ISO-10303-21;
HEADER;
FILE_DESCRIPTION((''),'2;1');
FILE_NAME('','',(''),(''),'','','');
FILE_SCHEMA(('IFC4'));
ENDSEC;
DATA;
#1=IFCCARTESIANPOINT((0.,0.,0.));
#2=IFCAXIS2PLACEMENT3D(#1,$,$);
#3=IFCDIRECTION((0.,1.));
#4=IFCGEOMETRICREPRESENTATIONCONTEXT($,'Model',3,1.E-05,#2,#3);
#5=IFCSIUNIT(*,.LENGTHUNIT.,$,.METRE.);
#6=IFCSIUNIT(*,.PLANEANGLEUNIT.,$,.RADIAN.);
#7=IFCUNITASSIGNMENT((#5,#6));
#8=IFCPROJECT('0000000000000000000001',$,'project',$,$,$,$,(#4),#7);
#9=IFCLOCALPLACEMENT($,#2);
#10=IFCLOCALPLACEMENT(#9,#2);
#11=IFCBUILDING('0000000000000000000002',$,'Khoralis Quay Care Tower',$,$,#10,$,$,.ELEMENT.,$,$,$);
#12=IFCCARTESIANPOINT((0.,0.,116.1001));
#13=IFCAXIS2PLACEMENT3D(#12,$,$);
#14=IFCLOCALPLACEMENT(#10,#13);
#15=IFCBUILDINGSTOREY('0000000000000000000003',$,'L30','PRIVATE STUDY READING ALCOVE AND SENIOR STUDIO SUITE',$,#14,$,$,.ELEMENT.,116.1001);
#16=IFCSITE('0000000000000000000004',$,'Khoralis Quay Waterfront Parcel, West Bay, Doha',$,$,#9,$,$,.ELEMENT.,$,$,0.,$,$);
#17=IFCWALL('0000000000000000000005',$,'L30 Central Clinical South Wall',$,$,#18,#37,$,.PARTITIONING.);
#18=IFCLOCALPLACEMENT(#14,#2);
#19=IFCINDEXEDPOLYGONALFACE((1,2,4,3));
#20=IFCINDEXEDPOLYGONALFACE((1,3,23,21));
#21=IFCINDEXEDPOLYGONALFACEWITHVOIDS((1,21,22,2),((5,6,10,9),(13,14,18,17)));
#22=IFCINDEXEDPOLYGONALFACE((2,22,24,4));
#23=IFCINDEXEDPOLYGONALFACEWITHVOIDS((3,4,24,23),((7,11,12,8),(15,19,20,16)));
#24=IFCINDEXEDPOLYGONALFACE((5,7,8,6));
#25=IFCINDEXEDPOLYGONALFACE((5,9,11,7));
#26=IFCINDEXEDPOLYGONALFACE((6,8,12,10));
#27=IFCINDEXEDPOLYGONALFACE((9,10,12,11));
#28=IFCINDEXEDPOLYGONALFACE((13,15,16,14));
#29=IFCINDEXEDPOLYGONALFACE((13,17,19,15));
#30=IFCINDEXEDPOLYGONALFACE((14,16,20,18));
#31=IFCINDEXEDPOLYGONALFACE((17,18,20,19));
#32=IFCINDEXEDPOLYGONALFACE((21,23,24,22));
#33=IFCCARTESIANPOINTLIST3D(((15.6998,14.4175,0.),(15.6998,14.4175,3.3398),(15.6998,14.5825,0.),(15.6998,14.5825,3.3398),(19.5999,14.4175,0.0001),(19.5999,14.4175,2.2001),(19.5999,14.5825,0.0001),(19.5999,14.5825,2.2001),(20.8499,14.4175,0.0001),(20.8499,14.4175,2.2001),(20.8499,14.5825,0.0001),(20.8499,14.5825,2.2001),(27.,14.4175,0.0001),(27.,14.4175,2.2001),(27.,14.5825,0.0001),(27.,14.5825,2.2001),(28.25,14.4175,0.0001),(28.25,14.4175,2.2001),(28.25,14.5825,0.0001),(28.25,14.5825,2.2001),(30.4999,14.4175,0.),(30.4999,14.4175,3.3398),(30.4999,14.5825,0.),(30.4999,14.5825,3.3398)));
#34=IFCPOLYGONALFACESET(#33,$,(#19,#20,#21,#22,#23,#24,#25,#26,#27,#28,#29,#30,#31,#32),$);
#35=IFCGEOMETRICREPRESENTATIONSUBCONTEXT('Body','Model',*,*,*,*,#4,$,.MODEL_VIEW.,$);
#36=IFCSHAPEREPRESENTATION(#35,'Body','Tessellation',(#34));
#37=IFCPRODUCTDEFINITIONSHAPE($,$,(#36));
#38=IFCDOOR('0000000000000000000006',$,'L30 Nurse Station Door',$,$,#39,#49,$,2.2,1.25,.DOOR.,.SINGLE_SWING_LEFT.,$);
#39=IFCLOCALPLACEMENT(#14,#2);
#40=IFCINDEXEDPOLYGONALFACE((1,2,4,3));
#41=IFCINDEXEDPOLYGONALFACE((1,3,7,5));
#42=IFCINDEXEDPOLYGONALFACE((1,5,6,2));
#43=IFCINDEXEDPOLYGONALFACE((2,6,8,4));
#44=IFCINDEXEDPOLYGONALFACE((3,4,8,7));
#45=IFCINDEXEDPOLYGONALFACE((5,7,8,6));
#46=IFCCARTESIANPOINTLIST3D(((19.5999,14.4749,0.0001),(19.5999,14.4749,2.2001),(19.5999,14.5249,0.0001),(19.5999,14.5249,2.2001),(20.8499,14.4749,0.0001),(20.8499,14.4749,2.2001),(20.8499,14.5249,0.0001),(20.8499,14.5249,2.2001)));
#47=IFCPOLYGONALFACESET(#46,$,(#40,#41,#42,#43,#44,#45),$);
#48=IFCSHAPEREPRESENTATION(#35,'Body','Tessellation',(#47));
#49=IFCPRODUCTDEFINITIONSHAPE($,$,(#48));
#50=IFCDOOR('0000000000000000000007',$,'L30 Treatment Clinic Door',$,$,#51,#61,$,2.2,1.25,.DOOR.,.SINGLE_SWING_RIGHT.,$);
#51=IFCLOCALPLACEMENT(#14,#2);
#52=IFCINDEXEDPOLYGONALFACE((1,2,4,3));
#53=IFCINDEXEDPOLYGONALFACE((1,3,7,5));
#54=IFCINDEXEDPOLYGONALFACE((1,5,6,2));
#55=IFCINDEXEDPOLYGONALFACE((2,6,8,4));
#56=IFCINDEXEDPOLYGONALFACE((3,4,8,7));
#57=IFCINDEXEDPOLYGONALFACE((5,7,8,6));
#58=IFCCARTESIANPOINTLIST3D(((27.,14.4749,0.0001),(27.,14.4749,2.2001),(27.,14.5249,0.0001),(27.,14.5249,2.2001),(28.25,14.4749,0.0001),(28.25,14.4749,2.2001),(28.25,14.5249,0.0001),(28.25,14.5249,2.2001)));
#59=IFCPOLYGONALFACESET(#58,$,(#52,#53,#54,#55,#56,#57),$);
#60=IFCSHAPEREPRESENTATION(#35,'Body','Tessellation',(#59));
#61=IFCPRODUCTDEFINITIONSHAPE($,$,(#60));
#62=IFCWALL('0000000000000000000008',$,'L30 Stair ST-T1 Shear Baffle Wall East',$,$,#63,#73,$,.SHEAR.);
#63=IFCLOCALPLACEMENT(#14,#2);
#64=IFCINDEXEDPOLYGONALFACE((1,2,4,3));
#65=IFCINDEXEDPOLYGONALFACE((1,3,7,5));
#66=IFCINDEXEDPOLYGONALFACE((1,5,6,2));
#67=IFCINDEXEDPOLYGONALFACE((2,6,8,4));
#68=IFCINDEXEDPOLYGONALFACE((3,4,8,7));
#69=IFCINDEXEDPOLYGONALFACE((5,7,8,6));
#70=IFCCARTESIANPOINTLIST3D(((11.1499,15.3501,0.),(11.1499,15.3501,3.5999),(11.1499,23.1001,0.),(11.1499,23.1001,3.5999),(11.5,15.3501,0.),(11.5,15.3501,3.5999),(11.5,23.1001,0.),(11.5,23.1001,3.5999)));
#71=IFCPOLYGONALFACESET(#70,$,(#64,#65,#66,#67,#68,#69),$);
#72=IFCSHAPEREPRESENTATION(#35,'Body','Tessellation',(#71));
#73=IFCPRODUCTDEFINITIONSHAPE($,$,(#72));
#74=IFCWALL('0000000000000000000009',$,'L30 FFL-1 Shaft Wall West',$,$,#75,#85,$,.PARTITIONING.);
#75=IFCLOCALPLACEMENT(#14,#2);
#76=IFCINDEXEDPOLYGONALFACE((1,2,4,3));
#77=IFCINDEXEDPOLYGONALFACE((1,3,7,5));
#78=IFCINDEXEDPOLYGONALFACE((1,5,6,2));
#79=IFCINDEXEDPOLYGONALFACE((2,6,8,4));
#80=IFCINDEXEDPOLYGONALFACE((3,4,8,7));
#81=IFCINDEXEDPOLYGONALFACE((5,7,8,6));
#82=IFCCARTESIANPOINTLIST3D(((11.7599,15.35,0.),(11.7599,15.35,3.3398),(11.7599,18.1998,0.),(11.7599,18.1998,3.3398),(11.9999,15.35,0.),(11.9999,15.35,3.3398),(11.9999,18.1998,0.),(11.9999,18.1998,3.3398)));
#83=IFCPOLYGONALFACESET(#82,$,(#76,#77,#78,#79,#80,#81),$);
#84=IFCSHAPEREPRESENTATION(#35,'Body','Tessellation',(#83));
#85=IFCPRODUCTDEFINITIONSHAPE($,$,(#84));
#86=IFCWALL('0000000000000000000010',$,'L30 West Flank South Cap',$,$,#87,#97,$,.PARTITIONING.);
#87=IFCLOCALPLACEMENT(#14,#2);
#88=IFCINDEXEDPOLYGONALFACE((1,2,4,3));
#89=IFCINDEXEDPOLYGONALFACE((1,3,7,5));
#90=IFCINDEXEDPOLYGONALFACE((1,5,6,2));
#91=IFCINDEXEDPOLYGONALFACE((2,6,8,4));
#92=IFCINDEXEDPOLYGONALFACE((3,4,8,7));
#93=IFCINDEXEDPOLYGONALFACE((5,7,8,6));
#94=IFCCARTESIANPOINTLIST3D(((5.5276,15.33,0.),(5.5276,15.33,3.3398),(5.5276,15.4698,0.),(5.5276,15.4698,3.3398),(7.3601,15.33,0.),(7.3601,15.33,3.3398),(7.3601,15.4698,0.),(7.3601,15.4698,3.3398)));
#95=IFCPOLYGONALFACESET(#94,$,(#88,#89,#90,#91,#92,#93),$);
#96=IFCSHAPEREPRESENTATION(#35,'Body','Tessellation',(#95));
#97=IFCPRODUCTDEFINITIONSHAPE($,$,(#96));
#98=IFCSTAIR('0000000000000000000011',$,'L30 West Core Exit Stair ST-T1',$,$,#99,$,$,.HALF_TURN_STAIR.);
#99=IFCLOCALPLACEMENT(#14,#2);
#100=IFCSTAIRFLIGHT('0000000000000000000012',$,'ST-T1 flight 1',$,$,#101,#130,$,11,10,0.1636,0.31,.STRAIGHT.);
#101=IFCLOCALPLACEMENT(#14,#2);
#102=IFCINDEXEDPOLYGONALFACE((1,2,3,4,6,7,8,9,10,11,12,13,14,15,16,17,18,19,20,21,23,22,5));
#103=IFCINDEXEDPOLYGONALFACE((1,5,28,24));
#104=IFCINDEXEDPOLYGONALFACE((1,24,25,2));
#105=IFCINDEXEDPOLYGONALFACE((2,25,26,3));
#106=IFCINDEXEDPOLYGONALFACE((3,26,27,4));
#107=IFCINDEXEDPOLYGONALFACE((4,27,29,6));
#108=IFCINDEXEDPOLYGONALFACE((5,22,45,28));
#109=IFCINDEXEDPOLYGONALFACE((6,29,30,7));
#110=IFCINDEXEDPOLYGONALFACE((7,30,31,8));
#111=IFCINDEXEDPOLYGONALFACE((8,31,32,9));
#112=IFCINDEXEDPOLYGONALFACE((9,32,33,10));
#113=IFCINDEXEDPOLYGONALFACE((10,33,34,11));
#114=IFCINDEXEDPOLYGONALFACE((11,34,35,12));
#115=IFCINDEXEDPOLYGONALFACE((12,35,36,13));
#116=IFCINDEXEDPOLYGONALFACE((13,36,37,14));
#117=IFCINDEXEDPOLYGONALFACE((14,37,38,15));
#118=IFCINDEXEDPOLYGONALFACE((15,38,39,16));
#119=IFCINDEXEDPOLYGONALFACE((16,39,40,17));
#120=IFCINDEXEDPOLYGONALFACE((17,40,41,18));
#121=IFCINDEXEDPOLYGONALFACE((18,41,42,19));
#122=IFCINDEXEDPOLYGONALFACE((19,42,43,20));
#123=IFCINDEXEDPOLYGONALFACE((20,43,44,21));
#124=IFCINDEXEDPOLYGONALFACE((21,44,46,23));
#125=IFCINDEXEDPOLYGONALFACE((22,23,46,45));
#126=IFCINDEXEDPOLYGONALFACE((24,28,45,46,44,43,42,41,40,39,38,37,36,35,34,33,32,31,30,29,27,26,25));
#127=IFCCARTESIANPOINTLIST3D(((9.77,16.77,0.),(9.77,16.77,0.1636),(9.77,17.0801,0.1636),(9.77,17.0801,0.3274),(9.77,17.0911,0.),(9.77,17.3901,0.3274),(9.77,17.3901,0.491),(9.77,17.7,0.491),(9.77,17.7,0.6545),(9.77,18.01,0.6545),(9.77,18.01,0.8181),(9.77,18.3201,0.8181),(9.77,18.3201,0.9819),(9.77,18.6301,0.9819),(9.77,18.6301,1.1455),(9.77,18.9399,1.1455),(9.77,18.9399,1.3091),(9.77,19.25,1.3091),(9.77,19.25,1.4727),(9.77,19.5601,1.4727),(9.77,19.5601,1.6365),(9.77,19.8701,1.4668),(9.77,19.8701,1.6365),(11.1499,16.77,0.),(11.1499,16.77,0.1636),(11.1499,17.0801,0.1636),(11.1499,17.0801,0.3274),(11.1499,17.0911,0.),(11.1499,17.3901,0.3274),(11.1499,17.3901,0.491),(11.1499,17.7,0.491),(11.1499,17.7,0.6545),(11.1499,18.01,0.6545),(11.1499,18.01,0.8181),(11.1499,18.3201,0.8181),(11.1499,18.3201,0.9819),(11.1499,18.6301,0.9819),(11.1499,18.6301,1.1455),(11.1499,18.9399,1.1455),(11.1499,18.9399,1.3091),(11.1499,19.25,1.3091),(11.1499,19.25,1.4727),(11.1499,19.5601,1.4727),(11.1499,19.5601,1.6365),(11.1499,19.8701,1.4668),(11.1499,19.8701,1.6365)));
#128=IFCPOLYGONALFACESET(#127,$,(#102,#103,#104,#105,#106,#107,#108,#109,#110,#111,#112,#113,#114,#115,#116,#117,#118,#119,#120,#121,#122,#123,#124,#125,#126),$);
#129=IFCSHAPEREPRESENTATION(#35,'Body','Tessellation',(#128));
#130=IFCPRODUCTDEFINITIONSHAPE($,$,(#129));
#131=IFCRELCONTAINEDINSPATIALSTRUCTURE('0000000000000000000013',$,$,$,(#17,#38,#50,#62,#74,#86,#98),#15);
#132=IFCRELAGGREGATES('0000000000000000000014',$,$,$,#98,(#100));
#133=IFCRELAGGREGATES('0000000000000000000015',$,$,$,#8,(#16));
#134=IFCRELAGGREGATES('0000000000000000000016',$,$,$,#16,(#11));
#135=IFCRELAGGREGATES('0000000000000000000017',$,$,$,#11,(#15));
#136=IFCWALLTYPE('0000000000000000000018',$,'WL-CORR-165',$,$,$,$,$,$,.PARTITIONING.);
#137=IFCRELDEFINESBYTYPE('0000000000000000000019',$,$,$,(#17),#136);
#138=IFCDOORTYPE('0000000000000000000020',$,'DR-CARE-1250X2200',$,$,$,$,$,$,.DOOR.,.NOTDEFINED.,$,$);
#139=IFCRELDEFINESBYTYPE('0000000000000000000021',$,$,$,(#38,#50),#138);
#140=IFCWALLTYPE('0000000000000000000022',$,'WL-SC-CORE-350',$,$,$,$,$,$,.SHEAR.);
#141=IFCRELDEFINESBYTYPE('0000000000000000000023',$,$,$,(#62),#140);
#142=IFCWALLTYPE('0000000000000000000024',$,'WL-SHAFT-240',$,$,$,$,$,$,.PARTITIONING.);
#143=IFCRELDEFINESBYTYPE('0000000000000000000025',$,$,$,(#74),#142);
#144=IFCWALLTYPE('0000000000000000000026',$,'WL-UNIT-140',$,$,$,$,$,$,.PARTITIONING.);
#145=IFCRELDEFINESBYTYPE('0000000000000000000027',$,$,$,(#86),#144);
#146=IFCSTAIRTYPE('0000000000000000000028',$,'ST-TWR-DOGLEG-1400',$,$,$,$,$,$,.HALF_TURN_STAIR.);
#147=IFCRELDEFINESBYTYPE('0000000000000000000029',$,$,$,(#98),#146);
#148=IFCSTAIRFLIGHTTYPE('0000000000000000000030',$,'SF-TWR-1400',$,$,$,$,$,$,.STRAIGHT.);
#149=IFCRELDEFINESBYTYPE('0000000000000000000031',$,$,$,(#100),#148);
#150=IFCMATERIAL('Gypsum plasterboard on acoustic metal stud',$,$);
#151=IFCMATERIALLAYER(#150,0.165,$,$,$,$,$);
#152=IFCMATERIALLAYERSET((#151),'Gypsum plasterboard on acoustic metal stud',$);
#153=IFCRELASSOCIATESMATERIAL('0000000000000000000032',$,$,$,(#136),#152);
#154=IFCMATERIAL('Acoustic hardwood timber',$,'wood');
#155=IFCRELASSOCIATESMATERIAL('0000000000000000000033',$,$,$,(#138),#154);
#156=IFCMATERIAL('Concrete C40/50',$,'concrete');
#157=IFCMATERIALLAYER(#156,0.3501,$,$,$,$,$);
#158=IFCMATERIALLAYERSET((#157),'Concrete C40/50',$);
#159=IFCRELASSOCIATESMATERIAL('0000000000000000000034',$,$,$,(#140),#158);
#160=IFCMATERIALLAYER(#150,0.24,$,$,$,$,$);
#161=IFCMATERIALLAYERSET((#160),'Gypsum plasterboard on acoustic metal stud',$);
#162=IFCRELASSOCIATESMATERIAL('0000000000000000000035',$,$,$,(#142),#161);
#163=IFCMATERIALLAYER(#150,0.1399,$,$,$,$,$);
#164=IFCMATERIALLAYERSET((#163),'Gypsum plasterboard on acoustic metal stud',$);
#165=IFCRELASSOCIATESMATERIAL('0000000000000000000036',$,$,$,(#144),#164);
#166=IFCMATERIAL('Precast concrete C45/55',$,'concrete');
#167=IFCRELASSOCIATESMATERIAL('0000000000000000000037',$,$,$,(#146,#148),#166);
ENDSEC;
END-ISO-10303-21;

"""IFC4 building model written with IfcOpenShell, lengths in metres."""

from ifc_helpers import new_model, si_unit, direction, frame, frame_2d, origin, place, context, subcontext, project, spatial, polyline, rectangle, outline, extrude, source, transform, mapped, material, layer, layer_set, type_object, element, fill, aggregate, save


model = new_model("IFC4")

# Units and contexts
model_context = context("Model", 3, precision=1e-05, world=origin(), true_north=direction((0.0, 1.0)))
body_context = subcontext(model_context, "Body", "Model", "MODEL_VIEW")
ifc_project = project(units=[si_unit("LENGTHUNIT", "METRE"), si_unit("PLANEANGLEUNIT", "RADIAN")], contexts=[model_context])

# Site, building, storey
site_placement = place(None, origin())
site = spatial("IfcSite", under=ifc_project, at=site_placement, Name="Khoralis Quay Waterfront Parcel, West Bay, Doha", CompositionType="ELEMENT", RefElevation=0.0)
building_placement = place(site_placement, origin())
building = spatial("IfcBuilding", under=site, at=building_placement, Name="Khoralis Quay Care Tower", CompositionType="ELEMENT")
storey_placement = place(building_placement, frame((0.0, 0.0, 116.1001)))
storey = spatial("IfcBuildingStorey", under=building, at=storey_placement, Name="L30", Description="PRIVATE STUDY READING ALCOVE AND SENIOR STUDIO SUITE", CompositionType="ELEMENT", Elevation=116.1001)

# Wall, openings, doors
ifc_material_1 = material(Name="Gypsum plasterboard on acoustic metal stud")
ifc_layer_1 = layer(ifc_material_1, 0.165)
ifc_layer_set_1 = layer_set([ifc_layer_1], Name="Gypsum plasterboard on acoustic metal stud")
wall_type_1 = type_object("IfcWallType", Name="WL-CORR-165", PredefinedType="PARTITIONING", material=ifc_layer_set_1)
ifc_material_2 = material(Name="Acoustic hardwood timber", Category="wood")
wall_1_placement = place(storey_placement, frame((15.7, 14.5, 0.0), z_axis=(0.0, 0.0, 1.0), x_axis=(1.0, 0.0, 0.0)))
wall_1 = element("IfcWall", 1, at=wall_1_placement, inside=storey, type_object=wall_type_1, Name="L30 Central Clinical South Wall", PredefinedType="PARTITIONING", context=body_context, shape_type="SweptSolid", body=[
    extrude(rectangle(XDim=14.8, YDim=0.165, at=frame_2d((7.3999, 0.0))), origin(), (0.0, 0.0, 1.0), 3.3398),
])
opening_1_placement = place(wall_1_placement, frame((3.8999, 0.0, 0.0)))
opening_1 = element("IfcOpeningElement", 2, at=opening_1_placement, cuts=wall_1, PredefinedType="OPENING", context=body_context, shape_type="SweptSolid", body=[
    extrude(rectangle(XDim=1.25, YDim=2.2, at=frame_2d((0.625, 1.1001))), frame((0.0, 0.0925, 0.0), z_axis=(0.0, -1.0, 0.0), x_axis=(1.0, 0.0, 0.0)), (0.0, 0.0, 1.0), 0.1851),
])
opening_2_placement = place(wall_1_placement, frame((11.3, 0.0, 0.0)))
opening_2 = element("IfcOpeningElement", 3, at=opening_2_placement, cuts=wall_1, PredefinedType="OPENING", context=body_context, shape_type="SweptSolid", body=[
    extrude(rectangle(XDim=1.25, YDim=2.2, at=frame_2d((0.625, 1.1001))), frame((0.0, 0.0925, 0.0), z_axis=(0.0, -1.0, 0.0), x_axis=(1.0, 0.0, 0.0)), (0.0, 0.0, 1.0), 0.1851),
])
door_type_1 = type_object("IfcDoorType", Name="DR-CARE-1250X2200", OperationType="NOTDEFINED", PredefinedType="DOOR", material=ifc_material_2)
shared_shape_1 = source(origin(), body_context, "Body", "SweptSolid", [
    extrude(rectangle(XDim=1.25, YDim=2.2, at=frame_2d((0.625, 1.1001))), frame((0.0, 0.0249, 0.0), z_axis=(0.0, -1.0, 0.0), x_axis=(1.0, 0.0, 0.0)), (0.0, 0.0, 1.0), 0.05),
])
door_1_placement = place(opening_1_placement, origin())
door_1 = element("IfcDoor", 4, at=door_1_placement, inside=storey, type_object=door_type_1, Name="L30 Nurse Station Door", OperationType="SINGLE_SWING_LEFT", OverallHeight=2.2, OverallWidth=1.25, PredefinedType="DOOR", context=body_context, shape_type="MappedRepresentation", body=[
    mapped(shared_shape_1, transform((0.0, 0.0, 0.0), scale=1.0)),
])
fill(opening_1, door_1)
door_2_placement = place(opening_2_placement, origin())
door_2 = element("IfcDoor", 5, at=door_2_placement, inside=storey, type_object=door_type_1, Name="L30 Treatment Clinic Door", OperationType="SINGLE_SWING_RIGHT", OverallHeight=2.2, OverallWidth=1.25, PredefinedType="DOOR", context=body_context, shape_type="MappedRepresentation", body=[
    mapped(shared_shape_1, transform((0.0, 0.0, 0.0), scale=1.0)),
])
fill(opening_2, door_2)

# Walls
ifc_material_3 = material(Name="Concrete C40/50", Category="concrete")
ifc_layer_2 = layer(ifc_material_3, 0.3501)
ifc_layer_set_2 = layer_set([ifc_layer_2], Name="Concrete C40/50")
wall_type_2 = type_object("IfcWallType", Name="WL-SC-CORE-350", PredefinedType="SHEAR", material=ifc_layer_set_2)
wall_2_placement = place(storey_placement, frame((11.325, 15.3501, 0.0), z_axis=(0.0, 0.0, 1.0), x_axis=(0.0, 1.0, 0.0)))
element("IfcWall", 6, at=wall_2_placement, inside=storey, type_object=wall_type_2, Name="L30 Stair ST-T1 Shear Baffle Wall East", PredefinedType="SHEAR", context=body_context, shape_type="SweptSolid", body=[
    extrude(rectangle(XDim=7.75, YDim=0.3501, at=frame_2d((3.875, 0.0))), origin(), (0.0, 0.0, 1.0), 3.5999),
])
ifc_layer_3 = layer(ifc_material_1, 0.24)
ifc_layer_set_3 = layer_set([ifc_layer_3], Name="Gypsum plasterboard on acoustic metal stud")
wall_type_3 = type_object("IfcWallType", Name="WL-SHAFT-240", PredefinedType="PARTITIONING", material=ifc_layer_set_3)
wall_3_placement = place(storey_placement, frame((11.8799, 15.3501, 0.0), z_axis=(0.0, 0.0, 1.0), x_axis=(0.0, 1.0, 0.0)))
element("IfcWall", 7, at=wall_3_placement, inside=storey, type_object=wall_type_3, Name="L30 FFL-1 Shaft Wall West", PredefinedType="PARTITIONING", context=body_context, shape_type="SweptSolid", body=[
    extrude(rectangle(XDim=2.8499, YDim=0.24, at=frame_2d((1.4248, 0.0))), origin(), (0.0, 0.0, 1.0), 3.3398),
])
ifc_layer_4 = layer(ifc_material_1, 0.1399)
ifc_layer_set_4 = layer_set([ifc_layer_4], Name="Gypsum plasterboard on acoustic metal stud")
wall_type_4 = type_object("IfcWallType", Name="WL-UNIT-140", PredefinedType="PARTITIONING", material=ifc_layer_set_4)
wall_4_placement = place(storey_placement, frame((5.5276, 15.3999, 0.0), z_axis=(0.0, 0.0, 1.0), x_axis=(1.0, 0.0, 0.0)))
element("IfcWall", 8, at=wall_4_placement, inside=storey, type_object=wall_type_4, Name="L30 West Flank South Cap", PredefinedType="PARTITIONING", context=body_context, shape_type="SweptSolid", body=[
    extrude(rectangle(XDim=1.8325, YDim=0.1399, at=frame_2d((0.9163, 0.0))), origin(), (0.0, 0.0, 1.0), 3.3398),
])

# Stair, stair flight
ifc_material_4 = material(Name="Precast concrete C45/55", Category="concrete")
stair_type = type_object("IfcStairType", Name="ST-TWR-DOGLEG-1400", PredefinedType="HALF_TURN_STAIR", material=ifc_material_4)
stair_placement = place(storey_placement, origin())
stair = element("IfcStair", 9, at=stair_placement, inside=storey, type_object=stair_type, Name="L30 West Core Exit Stair ST-T1", PredefinedType="HALF_TURN_STAIR")
stair_flight_type = type_object("IfcStairFlightType", Name="SF-TWR-1400", PredefinedType="STRAIGHT", material=ifc_material_4)
shared_shape_2 = source(origin(), body_context, "Body", "SweptSolid", [
    extrude(outline(polyline([(0.0, 0.0), (0.0, 0.1636), (0.3101, 0.1636), (0.3101, 0.3274), (0.6201, 0.3274), (0.6201, 0.491), (0.9299, 0.491), (0.9299, 0.6545), (1.24, 0.6545), (1.24, 0.8181), (1.55, 0.8181), (1.55, 0.9819), (1.8601, 0.9819), (1.8601, 1.1455), (2.1699, 1.1455), (2.1699, 1.3091), (2.48, 1.3091), (2.48, 1.4727), (2.79, 1.4727), (2.79, 1.6365), (3.1001, 1.6365), (3.1001, 1.8), (3.1001, 1.4668), (0.321, 0.0), (0.0, 0.0)])), frame((0.0, 0.6899, 0.0), z_axis=(0.0, -1.0, 0.0), x_axis=(1.0, 0.0, 0.0)), (0.0, 0.0, 1.0), 1.3799),
])
stair_flight_placement = place(storey_placement, frame((10.46, 16.77, 0.0), z_axis=(0.0, 0.0, 1.0), x_axis=(0.0, 1.0, 0.0)))
stair_flight = element("IfcStairFlight", 10, at=stair_flight_placement, type_object=stair_flight_type, Name="ST-T1 flight 1", NumberOfRisers=11, NumberOfTreads=10, PredefinedType="STRAIGHT", RiserHeight=0.1636, TreadLength=0.31, context=body_context, shape_type="MappedRepresentation", body=[
    mapped(shared_shape_2, transform((0.0, 0.0, 0.0), scale=1.0)),
])
aggregate(stair, [stair_flight])

save(model, "model.ifc")
